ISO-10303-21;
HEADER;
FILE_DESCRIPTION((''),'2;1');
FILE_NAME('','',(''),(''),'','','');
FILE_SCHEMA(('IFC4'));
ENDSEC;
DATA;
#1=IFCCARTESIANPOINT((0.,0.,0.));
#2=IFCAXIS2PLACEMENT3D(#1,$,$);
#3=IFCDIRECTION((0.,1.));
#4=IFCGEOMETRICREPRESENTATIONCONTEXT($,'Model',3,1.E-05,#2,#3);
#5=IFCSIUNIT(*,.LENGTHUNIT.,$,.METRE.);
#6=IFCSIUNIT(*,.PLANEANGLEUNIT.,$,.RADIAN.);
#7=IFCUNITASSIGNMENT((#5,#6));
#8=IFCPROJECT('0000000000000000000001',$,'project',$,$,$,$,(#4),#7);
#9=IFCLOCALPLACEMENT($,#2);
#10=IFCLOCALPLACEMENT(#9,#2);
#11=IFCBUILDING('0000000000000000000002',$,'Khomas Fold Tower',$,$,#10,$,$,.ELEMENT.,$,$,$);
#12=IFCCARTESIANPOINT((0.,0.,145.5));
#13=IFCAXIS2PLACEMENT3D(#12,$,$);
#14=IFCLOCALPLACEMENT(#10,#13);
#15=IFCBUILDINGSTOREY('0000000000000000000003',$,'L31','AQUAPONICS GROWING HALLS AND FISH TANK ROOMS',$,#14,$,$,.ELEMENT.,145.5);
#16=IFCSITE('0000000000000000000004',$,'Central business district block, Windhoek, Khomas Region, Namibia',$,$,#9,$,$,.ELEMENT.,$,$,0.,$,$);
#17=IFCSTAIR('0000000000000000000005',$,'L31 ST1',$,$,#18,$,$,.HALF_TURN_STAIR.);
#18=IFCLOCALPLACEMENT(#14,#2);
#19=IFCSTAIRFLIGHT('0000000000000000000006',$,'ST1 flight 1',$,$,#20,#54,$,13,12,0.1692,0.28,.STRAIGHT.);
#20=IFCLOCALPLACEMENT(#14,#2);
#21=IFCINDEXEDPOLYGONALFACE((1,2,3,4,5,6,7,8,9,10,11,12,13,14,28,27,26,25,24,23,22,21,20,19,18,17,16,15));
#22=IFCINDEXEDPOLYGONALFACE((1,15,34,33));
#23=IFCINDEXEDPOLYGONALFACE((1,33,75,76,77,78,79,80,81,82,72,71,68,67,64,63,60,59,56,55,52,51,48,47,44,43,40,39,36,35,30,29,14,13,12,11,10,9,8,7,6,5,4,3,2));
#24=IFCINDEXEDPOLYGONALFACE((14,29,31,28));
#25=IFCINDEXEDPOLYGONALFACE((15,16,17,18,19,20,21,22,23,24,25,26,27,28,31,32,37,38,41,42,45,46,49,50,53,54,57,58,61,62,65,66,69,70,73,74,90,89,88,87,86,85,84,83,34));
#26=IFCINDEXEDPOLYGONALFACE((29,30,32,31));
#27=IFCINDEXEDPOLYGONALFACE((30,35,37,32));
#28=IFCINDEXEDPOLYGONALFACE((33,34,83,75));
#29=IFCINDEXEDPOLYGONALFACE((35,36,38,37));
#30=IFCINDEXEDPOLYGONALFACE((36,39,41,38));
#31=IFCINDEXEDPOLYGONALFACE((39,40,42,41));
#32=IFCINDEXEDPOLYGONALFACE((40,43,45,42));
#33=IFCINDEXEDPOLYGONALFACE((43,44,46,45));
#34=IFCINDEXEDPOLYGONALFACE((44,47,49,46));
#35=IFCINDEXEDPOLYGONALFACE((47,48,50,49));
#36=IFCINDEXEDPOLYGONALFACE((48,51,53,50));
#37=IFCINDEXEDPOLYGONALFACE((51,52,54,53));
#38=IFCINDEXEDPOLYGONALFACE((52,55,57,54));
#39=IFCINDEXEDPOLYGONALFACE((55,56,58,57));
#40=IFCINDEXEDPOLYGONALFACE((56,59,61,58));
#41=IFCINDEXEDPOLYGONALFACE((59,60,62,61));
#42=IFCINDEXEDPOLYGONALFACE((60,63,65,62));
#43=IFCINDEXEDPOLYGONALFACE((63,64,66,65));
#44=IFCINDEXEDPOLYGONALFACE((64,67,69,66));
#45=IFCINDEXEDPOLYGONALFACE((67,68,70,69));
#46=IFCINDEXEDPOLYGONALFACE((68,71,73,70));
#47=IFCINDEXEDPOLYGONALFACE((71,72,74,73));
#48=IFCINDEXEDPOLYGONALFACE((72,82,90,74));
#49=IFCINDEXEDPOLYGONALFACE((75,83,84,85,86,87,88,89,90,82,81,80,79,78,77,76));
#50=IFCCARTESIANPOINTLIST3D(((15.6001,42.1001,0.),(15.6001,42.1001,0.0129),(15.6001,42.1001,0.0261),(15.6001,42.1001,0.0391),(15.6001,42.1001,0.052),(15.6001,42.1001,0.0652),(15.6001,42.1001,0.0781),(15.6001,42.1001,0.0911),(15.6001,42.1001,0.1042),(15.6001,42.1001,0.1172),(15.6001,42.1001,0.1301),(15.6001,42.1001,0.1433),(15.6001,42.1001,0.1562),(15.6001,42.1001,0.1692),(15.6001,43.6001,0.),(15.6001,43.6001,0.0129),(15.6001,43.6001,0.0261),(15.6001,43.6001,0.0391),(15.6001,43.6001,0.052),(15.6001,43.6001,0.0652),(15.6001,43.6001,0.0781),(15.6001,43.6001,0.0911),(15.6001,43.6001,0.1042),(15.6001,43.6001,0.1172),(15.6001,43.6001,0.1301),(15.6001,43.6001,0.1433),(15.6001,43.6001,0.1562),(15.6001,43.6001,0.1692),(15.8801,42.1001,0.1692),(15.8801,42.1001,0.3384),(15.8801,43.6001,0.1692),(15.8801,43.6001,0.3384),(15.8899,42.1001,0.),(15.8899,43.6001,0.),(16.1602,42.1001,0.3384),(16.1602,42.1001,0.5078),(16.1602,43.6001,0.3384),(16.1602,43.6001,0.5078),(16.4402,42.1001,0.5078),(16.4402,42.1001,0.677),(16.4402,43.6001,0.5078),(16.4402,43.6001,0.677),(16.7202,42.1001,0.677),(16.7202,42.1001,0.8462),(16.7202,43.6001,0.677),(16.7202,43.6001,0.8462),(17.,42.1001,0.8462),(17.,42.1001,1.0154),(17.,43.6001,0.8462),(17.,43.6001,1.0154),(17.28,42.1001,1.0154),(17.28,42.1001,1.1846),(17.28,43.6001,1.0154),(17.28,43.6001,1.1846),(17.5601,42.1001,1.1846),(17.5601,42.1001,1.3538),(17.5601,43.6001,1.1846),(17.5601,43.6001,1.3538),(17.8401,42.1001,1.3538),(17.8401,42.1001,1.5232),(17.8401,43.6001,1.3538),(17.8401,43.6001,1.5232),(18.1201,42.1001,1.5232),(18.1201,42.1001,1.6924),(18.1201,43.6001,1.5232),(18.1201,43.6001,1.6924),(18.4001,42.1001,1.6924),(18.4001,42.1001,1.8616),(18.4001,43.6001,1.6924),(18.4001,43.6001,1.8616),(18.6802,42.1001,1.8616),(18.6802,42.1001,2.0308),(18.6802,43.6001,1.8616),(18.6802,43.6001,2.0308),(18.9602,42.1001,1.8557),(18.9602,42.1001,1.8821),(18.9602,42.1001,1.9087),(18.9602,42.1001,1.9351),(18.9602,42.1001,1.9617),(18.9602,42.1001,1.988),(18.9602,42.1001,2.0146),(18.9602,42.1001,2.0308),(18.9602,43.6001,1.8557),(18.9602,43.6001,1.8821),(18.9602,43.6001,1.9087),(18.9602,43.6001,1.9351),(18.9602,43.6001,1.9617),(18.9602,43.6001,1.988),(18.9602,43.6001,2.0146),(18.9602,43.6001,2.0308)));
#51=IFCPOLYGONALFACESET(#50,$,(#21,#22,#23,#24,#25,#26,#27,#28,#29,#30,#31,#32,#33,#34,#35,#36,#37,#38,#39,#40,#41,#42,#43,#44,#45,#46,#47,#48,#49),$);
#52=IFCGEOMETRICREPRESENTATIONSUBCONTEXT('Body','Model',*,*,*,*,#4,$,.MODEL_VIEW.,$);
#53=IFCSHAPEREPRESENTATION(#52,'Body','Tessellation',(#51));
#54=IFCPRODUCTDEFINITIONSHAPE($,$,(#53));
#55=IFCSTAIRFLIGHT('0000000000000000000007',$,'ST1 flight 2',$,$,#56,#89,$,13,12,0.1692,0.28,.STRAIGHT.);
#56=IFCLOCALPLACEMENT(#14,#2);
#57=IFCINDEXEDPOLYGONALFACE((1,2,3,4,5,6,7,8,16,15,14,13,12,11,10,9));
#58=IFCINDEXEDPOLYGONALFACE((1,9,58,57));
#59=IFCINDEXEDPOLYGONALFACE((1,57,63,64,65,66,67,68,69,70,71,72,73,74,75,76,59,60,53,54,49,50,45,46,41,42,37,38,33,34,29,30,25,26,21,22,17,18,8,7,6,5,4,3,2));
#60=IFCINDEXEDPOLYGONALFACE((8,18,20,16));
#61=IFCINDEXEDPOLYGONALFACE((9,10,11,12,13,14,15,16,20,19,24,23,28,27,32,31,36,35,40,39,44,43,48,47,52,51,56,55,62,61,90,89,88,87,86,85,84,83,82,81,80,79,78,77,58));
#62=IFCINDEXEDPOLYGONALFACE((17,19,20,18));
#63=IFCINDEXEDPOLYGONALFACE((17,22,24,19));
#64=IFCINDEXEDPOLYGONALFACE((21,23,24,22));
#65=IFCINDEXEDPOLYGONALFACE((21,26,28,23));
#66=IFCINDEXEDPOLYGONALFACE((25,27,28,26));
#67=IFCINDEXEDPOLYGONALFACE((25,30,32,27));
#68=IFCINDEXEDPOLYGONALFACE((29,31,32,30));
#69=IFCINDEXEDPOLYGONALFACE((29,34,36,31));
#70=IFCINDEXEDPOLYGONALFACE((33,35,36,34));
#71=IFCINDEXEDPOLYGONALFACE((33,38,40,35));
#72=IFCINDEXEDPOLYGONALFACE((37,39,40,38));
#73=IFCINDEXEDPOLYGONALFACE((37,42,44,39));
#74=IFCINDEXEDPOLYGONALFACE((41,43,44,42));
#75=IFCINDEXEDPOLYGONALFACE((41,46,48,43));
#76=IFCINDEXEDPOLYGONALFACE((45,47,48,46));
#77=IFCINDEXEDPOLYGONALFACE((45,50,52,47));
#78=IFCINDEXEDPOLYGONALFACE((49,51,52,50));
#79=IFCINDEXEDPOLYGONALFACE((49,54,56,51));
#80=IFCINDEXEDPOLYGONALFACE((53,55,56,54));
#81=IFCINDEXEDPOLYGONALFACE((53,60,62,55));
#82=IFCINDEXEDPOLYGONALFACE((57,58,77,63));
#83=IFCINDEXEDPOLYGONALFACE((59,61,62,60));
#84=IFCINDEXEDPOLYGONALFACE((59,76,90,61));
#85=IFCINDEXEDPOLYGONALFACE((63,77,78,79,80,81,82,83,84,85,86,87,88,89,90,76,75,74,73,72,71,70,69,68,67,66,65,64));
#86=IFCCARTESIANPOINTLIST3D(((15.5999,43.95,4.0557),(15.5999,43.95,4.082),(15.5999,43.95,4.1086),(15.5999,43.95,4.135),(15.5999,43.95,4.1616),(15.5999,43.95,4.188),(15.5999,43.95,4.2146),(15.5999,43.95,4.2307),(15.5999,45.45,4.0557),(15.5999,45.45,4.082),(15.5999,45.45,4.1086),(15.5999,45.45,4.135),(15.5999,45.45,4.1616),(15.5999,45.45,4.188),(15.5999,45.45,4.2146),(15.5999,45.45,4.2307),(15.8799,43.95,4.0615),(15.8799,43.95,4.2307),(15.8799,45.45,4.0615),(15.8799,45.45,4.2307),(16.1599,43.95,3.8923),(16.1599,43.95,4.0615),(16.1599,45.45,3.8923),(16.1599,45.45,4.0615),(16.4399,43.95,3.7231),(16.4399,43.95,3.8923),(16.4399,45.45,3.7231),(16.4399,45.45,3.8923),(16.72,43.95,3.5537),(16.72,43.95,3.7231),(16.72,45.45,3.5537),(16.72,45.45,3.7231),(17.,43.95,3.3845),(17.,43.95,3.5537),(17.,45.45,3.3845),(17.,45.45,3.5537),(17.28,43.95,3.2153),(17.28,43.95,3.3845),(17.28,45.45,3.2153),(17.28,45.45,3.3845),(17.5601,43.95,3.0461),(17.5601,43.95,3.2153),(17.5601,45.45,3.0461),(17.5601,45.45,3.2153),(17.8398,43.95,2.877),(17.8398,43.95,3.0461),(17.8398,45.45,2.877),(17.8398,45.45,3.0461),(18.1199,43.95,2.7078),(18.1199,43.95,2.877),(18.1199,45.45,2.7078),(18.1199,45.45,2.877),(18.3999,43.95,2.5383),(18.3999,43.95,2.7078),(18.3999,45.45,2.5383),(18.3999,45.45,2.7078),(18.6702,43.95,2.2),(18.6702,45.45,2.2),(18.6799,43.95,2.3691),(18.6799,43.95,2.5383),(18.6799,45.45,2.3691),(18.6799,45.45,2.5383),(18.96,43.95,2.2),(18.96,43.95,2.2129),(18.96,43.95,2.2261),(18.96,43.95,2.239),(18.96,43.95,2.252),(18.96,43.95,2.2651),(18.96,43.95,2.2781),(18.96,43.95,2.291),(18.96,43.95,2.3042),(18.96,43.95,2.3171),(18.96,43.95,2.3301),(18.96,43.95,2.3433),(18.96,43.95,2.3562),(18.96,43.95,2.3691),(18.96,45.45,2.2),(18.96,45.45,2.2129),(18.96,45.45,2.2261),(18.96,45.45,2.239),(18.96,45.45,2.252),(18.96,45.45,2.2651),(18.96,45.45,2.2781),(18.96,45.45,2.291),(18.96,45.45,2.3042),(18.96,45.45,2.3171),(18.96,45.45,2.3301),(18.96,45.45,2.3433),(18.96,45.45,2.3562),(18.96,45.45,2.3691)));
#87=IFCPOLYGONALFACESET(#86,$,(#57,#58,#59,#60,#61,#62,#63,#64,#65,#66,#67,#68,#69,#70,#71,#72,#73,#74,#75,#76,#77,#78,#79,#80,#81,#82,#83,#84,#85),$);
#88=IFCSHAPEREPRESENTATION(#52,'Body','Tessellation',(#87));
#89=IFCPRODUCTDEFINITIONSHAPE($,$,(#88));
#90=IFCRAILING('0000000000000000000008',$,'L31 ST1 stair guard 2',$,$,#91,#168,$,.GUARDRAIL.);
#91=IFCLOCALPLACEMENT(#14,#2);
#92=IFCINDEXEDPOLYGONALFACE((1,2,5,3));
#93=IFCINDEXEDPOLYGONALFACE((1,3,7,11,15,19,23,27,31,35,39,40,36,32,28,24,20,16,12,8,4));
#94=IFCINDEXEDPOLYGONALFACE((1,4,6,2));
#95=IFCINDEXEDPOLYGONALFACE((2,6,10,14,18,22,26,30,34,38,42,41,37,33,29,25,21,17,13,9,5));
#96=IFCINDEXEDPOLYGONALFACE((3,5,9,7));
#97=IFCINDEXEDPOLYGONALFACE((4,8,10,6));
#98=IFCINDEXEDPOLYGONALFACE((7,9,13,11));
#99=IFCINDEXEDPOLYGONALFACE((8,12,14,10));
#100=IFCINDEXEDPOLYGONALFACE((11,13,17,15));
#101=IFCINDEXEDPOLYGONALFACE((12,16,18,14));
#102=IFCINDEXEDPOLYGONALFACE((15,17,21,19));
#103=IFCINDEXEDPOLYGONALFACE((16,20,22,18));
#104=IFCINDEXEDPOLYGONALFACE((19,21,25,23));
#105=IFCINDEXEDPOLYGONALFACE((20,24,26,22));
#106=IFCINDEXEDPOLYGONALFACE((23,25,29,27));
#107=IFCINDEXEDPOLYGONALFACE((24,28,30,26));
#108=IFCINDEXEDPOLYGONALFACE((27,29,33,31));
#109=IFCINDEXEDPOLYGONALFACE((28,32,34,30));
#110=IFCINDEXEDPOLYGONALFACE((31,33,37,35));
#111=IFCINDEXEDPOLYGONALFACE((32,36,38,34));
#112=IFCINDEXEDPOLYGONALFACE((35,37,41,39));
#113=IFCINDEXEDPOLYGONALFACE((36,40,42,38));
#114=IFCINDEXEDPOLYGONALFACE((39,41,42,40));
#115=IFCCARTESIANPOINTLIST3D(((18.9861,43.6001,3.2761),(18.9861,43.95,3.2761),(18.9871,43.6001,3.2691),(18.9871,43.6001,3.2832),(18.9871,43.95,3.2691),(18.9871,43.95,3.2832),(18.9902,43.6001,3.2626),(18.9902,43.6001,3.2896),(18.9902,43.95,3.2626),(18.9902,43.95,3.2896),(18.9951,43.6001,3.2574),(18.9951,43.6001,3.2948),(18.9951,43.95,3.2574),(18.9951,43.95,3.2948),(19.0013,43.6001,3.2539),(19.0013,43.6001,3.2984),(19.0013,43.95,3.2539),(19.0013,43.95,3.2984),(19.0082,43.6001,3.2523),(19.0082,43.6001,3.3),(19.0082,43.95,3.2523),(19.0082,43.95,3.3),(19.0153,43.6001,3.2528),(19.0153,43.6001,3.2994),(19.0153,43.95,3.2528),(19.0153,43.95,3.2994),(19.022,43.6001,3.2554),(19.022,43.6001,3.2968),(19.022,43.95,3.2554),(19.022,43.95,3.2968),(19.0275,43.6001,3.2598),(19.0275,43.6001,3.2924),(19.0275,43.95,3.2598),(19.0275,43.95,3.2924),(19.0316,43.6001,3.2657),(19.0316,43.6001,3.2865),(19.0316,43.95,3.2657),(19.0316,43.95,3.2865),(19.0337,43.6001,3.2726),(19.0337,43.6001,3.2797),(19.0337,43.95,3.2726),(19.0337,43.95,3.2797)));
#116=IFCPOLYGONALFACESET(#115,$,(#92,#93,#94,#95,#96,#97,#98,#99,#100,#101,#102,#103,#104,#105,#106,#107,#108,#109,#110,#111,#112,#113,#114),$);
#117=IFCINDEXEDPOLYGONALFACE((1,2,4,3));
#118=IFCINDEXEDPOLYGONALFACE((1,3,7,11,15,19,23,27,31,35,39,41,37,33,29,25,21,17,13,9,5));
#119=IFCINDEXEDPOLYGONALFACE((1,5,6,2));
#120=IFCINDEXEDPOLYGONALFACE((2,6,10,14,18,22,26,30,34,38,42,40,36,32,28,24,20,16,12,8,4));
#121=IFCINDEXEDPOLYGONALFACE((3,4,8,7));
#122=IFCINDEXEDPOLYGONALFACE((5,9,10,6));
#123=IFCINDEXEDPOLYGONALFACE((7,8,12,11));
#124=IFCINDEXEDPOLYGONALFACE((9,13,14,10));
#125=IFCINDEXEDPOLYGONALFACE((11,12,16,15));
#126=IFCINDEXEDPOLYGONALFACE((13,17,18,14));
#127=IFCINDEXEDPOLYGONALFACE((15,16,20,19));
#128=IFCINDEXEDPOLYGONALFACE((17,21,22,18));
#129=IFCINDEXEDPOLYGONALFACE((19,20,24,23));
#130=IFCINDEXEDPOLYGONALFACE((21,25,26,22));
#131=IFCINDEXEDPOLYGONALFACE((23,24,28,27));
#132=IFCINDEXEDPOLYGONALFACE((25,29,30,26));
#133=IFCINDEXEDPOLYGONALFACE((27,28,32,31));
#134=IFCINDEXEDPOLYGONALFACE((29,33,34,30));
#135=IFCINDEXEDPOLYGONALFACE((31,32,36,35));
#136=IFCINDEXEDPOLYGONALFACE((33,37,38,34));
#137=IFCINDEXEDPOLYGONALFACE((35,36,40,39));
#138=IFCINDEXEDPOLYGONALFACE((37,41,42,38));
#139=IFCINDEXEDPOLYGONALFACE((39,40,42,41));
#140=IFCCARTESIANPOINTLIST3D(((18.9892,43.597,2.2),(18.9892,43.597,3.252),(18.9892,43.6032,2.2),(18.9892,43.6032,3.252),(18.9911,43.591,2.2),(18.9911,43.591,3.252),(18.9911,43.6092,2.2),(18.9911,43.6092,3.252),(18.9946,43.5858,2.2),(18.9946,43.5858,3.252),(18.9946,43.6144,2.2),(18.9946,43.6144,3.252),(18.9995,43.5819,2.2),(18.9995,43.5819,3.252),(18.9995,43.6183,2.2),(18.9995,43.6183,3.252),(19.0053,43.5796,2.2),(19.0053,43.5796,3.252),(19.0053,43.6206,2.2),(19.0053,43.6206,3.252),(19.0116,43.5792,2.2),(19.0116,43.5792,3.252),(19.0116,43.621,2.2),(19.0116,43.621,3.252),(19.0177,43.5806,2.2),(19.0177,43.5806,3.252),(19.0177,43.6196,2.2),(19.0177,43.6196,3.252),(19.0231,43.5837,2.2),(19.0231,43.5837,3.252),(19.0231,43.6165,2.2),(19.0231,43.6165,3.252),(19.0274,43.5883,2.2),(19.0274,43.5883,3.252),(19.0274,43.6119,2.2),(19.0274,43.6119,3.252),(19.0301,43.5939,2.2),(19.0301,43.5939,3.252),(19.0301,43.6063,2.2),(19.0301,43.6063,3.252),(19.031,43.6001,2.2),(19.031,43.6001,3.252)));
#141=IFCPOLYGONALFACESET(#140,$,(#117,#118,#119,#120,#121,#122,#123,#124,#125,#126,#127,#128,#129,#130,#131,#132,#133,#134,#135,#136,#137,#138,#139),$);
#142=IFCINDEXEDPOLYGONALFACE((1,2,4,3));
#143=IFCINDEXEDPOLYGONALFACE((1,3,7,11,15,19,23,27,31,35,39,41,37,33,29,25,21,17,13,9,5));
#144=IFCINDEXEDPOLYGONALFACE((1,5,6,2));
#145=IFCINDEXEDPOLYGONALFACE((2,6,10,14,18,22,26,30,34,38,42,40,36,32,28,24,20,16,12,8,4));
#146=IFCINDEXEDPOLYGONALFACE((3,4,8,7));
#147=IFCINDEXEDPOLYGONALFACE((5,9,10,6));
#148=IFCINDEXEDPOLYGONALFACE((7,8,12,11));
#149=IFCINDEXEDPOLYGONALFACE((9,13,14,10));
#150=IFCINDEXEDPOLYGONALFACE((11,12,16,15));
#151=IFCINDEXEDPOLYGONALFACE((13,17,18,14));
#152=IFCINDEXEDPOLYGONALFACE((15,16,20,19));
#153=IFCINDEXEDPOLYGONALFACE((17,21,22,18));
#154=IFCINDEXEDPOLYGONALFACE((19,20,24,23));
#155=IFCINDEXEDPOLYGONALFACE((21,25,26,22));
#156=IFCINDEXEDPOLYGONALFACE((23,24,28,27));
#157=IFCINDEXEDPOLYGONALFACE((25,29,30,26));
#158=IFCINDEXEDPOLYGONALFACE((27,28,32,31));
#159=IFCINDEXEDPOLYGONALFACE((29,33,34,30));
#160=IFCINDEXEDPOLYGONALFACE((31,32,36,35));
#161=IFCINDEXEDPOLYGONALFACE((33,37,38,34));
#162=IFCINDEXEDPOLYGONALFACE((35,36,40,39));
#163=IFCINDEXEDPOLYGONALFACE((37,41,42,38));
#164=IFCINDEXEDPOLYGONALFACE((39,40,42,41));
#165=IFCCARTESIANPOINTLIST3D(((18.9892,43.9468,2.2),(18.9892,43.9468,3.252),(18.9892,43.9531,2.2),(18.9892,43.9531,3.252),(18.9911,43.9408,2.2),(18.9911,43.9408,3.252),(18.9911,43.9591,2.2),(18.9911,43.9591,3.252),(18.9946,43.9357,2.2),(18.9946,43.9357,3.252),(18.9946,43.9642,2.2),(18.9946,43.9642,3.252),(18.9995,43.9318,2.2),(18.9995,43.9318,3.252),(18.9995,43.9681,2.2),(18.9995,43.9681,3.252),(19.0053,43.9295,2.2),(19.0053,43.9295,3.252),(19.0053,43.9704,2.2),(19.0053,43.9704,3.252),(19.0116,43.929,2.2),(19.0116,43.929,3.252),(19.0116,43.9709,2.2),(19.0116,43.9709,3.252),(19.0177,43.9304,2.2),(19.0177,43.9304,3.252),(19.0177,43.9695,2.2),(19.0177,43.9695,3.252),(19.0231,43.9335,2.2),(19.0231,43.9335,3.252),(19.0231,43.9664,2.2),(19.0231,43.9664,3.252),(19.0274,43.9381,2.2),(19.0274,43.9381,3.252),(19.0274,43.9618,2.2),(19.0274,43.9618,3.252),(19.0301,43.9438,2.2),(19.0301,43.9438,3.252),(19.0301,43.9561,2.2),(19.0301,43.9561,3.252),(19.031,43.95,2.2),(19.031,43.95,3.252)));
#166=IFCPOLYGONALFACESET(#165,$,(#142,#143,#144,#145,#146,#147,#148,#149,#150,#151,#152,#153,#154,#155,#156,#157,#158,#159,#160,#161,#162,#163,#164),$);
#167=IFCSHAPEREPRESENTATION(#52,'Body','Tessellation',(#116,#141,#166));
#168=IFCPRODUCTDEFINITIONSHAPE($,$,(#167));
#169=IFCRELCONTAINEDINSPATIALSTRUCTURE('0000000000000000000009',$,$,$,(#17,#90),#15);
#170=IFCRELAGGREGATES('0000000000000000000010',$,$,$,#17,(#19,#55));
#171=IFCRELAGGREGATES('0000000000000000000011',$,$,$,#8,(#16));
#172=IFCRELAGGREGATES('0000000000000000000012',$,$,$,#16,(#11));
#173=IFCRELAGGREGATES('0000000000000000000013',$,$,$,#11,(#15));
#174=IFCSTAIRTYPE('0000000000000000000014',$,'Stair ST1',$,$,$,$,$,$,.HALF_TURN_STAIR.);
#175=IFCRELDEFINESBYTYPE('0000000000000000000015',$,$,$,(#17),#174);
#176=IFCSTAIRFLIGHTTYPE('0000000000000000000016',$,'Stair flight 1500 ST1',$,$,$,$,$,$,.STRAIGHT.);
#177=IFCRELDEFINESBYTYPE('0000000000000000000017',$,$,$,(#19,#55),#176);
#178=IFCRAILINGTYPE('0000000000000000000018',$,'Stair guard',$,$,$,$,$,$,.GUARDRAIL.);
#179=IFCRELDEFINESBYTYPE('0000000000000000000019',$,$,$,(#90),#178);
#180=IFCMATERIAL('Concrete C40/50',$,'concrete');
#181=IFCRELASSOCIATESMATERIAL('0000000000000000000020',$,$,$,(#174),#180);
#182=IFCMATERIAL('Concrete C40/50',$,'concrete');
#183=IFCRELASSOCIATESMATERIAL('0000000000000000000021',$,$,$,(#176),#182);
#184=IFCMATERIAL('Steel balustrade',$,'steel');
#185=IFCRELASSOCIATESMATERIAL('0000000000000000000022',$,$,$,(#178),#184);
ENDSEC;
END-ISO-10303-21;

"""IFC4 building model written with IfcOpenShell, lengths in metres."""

from ifc_helpers import new_model, si_unit, direction, frame, origin, origin_2d, place, context, subcontext, project, spatial, polyline, circle, outline, extrude, source, transform, mapped, material, type_object, element, aggregate, save


model = new_model("IFC4")

# Units and contexts
model_context = context("Model", 3, precision=1e-05, world=origin(), true_north=direction((0.0, 1.0)))
body_context = subcontext(model_context, "Body", "Model", "MODEL_VIEW")
ifc_project = project(units=[si_unit("LENGTHUNIT", "METRE"), si_unit("PLANEANGLEUNIT", "RADIAN")], contexts=[model_context])

# Site, building, storey
site_placement = place(None, origin())
site = spatial("IfcSite", under=ifc_project, at=site_placement, Name="Central business district block, Windhoek, Khomas Region, Namibia", CompositionType="ELEMENT", RefElevation=0.0)
building_placement = place(site_placement, origin())
building = spatial("IfcBuilding", under=site, at=building_placement, Name="Khomas Fold Tower", CompositionType="ELEMENT")
storey_placement = place(building_placement, frame((0.0, 0.0, 145.5)))
storey = spatial("IfcBuildingStorey", under=building, at=storey_placement, Name="L31", Description="AQUAPONICS GROWING HALLS AND FISH TANK ROOMS", CompositionType="ELEMENT", Elevation=145.5)

# Stair, stair flights
ifc_material_1 = material(Name="Concrete C40/50", Category="concrete")
stair_type = type_object("IfcStairType", Name="Stair ST1", PredefinedType="HALF_TURN_STAIR", material=ifc_material_1)
stair_placement = place(storey_placement, origin())
stair = element("IfcStair", 1, at=stair_placement, inside=storey, type_object=stair_type, Name="L31 ST1", PredefinedType="HALF_TURN_STAIR")
ifc_material_2 = material(Name="Concrete C40/50", Category="concrete")
stair_flight_type = type_object("IfcStairFlightType", Name="Stair flight 1500 ST1", PredefinedType="STRAIGHT", material=ifc_material_2)
shared_shape_1 = source(origin(), body_context, "Body", "SweptSolid", [
    extrude(outline(polyline([(0.0, 0.0), (0.0, 0.0129), (0.0, 0.0261), (0.0, 0.0391), (0.0, 0.052), (0.0, 0.0652), (0.0, 0.0781), (0.0, 0.0911), (0.0, 0.1042), (0.0, 0.1172), (0.0, 0.1301), (0.0, 0.1433), (0.0, 0.1562), (0.0, 0.1692), (0.28, 0.1692), (0.28, 0.3384), (0.5601, 0.3384), (0.5601, 0.5078), (0.8401, 0.5078), (0.8401, 0.677), (1.1201, 0.677), (1.1201, 0.8462), (1.3999, 0.8462), (1.3999, 1.0154), (1.6799, 1.0154), (1.6799, 1.1846), (1.96, 1.1846), (1.96, 1.3538), (2.24, 1.3538), (2.24, 1.5232), (2.52, 1.5232), (2.52, 1.6924), (2.8, 1.6924), (2.8, 1.8616), (3.0801, 1.8616), (3.0801, 2.0308), (3.3601, 2.0308), (3.3601, 2.2), (3.3601, 2.1736), (3.3601, 2.147), (3.3601, 2.1206), (3.3601, 2.094), (3.3601, 2.0676), (3.3601, 2.041), (3.3601, 2.0146), (3.3601, 1.988), (3.3601, 1.9617), (3.3601, 1.9351), (3.3601, 1.9087), (3.3601, 1.8821), (3.3601, 1.8557), (0.2898, 0.0), (0.0, 0.0)])), frame((0.0, 0.75, 0.0), z_axis=(0.0, -1.0, 0.0), x_axis=(1.0, 0.0, 0.0)), (0.0, 0.0, 1.0), 1.5),
])
stair_flight_1_placement = place(storey_placement, frame((15.6001, 42.8501, 0.0), z_axis=(0.0, 0.0, 1.0), x_axis=(1.0, 0.0, 0.0)))
stair_flight_1 = element("IfcStairFlight", 2, at=stair_flight_1_placement, type_object=stair_flight_type, Name="ST1 flight 1", NumberOfRisers=13, NumberOfTreads=12, PredefinedType="STRAIGHT", RiserHeight=0.1692, TreadLength=0.28, context=body_context, shape_type="MappedRepresentation", body=[
    mapped(shared_shape_1, transform((0.0, 0.0, 0.0))),
])
stair_flight_2_placement = place(storey_placement, frame((18.96, 44.7, 2.2), z_axis=(0.0, 0.0, 1.0), x_axis=(-1.0, 0.0, 0.0)))
stair_flight_2 = element("IfcStairFlight", 3, at=stair_flight_2_placement, type_object=stair_flight_type, Name="ST1 flight 2", NumberOfRisers=13, NumberOfTreads=12, PredefinedType="STRAIGHT", RiserHeight=0.1692, TreadLength=0.28, context=body_context, shape_type="MappedRepresentation", body=[
    mapped(shared_shape_1, transform((0.0, 0.0, 0.0))),
])
aggregate(stair, [stair_flight_1, stair_flight_2])

# Railing
ifc_material_3 = material(Name="Steel balustrade", Category="steel")
railing_type_1 = type_object("IfcRailingType", Name="Stair guard", PredefinedType="GUARDRAIL", material=ifc_material_3)
shared_shape_2 = source(origin(), body_context, "Body", "SweptSolid", [
    extrude(circle(Radius=0.0239, at=origin_2d()), frame((0.0, 0.0, 1.0762), z_axis=(0.0, 1.0, 0.0), x_axis=(-1.0, 0.0, 0.0)), (0.0, 0.0, 1.0), 0.3499),
    extrude(circle(Radius=0.021, at=origin_2d()), origin(), (0.0, 0.0, 1.0), 1.052),
    extrude(circle(Radius=0.021, at=origin_2d()), frame((0.0, 0.3499, 0.0)), (0.0, 0.0, 1.0), 1.052),
])
for number, where, name in (
    (4, (19.01, 43.6001, 2.2), "L31 ST1 stair guard 2"),
):
    element("IfcRailing", number, at=place(storey_placement, frame(where)), inside=storey, type_object=railing_type_1, Name=name, PredefinedType="GUARDRAIL", context=body_context, shape_type="MappedRepresentation", body=[
        mapped(shared_shape_2, transform((0.0, 0.0, 0.0))),
    ])

save(model, "model.ifc")
